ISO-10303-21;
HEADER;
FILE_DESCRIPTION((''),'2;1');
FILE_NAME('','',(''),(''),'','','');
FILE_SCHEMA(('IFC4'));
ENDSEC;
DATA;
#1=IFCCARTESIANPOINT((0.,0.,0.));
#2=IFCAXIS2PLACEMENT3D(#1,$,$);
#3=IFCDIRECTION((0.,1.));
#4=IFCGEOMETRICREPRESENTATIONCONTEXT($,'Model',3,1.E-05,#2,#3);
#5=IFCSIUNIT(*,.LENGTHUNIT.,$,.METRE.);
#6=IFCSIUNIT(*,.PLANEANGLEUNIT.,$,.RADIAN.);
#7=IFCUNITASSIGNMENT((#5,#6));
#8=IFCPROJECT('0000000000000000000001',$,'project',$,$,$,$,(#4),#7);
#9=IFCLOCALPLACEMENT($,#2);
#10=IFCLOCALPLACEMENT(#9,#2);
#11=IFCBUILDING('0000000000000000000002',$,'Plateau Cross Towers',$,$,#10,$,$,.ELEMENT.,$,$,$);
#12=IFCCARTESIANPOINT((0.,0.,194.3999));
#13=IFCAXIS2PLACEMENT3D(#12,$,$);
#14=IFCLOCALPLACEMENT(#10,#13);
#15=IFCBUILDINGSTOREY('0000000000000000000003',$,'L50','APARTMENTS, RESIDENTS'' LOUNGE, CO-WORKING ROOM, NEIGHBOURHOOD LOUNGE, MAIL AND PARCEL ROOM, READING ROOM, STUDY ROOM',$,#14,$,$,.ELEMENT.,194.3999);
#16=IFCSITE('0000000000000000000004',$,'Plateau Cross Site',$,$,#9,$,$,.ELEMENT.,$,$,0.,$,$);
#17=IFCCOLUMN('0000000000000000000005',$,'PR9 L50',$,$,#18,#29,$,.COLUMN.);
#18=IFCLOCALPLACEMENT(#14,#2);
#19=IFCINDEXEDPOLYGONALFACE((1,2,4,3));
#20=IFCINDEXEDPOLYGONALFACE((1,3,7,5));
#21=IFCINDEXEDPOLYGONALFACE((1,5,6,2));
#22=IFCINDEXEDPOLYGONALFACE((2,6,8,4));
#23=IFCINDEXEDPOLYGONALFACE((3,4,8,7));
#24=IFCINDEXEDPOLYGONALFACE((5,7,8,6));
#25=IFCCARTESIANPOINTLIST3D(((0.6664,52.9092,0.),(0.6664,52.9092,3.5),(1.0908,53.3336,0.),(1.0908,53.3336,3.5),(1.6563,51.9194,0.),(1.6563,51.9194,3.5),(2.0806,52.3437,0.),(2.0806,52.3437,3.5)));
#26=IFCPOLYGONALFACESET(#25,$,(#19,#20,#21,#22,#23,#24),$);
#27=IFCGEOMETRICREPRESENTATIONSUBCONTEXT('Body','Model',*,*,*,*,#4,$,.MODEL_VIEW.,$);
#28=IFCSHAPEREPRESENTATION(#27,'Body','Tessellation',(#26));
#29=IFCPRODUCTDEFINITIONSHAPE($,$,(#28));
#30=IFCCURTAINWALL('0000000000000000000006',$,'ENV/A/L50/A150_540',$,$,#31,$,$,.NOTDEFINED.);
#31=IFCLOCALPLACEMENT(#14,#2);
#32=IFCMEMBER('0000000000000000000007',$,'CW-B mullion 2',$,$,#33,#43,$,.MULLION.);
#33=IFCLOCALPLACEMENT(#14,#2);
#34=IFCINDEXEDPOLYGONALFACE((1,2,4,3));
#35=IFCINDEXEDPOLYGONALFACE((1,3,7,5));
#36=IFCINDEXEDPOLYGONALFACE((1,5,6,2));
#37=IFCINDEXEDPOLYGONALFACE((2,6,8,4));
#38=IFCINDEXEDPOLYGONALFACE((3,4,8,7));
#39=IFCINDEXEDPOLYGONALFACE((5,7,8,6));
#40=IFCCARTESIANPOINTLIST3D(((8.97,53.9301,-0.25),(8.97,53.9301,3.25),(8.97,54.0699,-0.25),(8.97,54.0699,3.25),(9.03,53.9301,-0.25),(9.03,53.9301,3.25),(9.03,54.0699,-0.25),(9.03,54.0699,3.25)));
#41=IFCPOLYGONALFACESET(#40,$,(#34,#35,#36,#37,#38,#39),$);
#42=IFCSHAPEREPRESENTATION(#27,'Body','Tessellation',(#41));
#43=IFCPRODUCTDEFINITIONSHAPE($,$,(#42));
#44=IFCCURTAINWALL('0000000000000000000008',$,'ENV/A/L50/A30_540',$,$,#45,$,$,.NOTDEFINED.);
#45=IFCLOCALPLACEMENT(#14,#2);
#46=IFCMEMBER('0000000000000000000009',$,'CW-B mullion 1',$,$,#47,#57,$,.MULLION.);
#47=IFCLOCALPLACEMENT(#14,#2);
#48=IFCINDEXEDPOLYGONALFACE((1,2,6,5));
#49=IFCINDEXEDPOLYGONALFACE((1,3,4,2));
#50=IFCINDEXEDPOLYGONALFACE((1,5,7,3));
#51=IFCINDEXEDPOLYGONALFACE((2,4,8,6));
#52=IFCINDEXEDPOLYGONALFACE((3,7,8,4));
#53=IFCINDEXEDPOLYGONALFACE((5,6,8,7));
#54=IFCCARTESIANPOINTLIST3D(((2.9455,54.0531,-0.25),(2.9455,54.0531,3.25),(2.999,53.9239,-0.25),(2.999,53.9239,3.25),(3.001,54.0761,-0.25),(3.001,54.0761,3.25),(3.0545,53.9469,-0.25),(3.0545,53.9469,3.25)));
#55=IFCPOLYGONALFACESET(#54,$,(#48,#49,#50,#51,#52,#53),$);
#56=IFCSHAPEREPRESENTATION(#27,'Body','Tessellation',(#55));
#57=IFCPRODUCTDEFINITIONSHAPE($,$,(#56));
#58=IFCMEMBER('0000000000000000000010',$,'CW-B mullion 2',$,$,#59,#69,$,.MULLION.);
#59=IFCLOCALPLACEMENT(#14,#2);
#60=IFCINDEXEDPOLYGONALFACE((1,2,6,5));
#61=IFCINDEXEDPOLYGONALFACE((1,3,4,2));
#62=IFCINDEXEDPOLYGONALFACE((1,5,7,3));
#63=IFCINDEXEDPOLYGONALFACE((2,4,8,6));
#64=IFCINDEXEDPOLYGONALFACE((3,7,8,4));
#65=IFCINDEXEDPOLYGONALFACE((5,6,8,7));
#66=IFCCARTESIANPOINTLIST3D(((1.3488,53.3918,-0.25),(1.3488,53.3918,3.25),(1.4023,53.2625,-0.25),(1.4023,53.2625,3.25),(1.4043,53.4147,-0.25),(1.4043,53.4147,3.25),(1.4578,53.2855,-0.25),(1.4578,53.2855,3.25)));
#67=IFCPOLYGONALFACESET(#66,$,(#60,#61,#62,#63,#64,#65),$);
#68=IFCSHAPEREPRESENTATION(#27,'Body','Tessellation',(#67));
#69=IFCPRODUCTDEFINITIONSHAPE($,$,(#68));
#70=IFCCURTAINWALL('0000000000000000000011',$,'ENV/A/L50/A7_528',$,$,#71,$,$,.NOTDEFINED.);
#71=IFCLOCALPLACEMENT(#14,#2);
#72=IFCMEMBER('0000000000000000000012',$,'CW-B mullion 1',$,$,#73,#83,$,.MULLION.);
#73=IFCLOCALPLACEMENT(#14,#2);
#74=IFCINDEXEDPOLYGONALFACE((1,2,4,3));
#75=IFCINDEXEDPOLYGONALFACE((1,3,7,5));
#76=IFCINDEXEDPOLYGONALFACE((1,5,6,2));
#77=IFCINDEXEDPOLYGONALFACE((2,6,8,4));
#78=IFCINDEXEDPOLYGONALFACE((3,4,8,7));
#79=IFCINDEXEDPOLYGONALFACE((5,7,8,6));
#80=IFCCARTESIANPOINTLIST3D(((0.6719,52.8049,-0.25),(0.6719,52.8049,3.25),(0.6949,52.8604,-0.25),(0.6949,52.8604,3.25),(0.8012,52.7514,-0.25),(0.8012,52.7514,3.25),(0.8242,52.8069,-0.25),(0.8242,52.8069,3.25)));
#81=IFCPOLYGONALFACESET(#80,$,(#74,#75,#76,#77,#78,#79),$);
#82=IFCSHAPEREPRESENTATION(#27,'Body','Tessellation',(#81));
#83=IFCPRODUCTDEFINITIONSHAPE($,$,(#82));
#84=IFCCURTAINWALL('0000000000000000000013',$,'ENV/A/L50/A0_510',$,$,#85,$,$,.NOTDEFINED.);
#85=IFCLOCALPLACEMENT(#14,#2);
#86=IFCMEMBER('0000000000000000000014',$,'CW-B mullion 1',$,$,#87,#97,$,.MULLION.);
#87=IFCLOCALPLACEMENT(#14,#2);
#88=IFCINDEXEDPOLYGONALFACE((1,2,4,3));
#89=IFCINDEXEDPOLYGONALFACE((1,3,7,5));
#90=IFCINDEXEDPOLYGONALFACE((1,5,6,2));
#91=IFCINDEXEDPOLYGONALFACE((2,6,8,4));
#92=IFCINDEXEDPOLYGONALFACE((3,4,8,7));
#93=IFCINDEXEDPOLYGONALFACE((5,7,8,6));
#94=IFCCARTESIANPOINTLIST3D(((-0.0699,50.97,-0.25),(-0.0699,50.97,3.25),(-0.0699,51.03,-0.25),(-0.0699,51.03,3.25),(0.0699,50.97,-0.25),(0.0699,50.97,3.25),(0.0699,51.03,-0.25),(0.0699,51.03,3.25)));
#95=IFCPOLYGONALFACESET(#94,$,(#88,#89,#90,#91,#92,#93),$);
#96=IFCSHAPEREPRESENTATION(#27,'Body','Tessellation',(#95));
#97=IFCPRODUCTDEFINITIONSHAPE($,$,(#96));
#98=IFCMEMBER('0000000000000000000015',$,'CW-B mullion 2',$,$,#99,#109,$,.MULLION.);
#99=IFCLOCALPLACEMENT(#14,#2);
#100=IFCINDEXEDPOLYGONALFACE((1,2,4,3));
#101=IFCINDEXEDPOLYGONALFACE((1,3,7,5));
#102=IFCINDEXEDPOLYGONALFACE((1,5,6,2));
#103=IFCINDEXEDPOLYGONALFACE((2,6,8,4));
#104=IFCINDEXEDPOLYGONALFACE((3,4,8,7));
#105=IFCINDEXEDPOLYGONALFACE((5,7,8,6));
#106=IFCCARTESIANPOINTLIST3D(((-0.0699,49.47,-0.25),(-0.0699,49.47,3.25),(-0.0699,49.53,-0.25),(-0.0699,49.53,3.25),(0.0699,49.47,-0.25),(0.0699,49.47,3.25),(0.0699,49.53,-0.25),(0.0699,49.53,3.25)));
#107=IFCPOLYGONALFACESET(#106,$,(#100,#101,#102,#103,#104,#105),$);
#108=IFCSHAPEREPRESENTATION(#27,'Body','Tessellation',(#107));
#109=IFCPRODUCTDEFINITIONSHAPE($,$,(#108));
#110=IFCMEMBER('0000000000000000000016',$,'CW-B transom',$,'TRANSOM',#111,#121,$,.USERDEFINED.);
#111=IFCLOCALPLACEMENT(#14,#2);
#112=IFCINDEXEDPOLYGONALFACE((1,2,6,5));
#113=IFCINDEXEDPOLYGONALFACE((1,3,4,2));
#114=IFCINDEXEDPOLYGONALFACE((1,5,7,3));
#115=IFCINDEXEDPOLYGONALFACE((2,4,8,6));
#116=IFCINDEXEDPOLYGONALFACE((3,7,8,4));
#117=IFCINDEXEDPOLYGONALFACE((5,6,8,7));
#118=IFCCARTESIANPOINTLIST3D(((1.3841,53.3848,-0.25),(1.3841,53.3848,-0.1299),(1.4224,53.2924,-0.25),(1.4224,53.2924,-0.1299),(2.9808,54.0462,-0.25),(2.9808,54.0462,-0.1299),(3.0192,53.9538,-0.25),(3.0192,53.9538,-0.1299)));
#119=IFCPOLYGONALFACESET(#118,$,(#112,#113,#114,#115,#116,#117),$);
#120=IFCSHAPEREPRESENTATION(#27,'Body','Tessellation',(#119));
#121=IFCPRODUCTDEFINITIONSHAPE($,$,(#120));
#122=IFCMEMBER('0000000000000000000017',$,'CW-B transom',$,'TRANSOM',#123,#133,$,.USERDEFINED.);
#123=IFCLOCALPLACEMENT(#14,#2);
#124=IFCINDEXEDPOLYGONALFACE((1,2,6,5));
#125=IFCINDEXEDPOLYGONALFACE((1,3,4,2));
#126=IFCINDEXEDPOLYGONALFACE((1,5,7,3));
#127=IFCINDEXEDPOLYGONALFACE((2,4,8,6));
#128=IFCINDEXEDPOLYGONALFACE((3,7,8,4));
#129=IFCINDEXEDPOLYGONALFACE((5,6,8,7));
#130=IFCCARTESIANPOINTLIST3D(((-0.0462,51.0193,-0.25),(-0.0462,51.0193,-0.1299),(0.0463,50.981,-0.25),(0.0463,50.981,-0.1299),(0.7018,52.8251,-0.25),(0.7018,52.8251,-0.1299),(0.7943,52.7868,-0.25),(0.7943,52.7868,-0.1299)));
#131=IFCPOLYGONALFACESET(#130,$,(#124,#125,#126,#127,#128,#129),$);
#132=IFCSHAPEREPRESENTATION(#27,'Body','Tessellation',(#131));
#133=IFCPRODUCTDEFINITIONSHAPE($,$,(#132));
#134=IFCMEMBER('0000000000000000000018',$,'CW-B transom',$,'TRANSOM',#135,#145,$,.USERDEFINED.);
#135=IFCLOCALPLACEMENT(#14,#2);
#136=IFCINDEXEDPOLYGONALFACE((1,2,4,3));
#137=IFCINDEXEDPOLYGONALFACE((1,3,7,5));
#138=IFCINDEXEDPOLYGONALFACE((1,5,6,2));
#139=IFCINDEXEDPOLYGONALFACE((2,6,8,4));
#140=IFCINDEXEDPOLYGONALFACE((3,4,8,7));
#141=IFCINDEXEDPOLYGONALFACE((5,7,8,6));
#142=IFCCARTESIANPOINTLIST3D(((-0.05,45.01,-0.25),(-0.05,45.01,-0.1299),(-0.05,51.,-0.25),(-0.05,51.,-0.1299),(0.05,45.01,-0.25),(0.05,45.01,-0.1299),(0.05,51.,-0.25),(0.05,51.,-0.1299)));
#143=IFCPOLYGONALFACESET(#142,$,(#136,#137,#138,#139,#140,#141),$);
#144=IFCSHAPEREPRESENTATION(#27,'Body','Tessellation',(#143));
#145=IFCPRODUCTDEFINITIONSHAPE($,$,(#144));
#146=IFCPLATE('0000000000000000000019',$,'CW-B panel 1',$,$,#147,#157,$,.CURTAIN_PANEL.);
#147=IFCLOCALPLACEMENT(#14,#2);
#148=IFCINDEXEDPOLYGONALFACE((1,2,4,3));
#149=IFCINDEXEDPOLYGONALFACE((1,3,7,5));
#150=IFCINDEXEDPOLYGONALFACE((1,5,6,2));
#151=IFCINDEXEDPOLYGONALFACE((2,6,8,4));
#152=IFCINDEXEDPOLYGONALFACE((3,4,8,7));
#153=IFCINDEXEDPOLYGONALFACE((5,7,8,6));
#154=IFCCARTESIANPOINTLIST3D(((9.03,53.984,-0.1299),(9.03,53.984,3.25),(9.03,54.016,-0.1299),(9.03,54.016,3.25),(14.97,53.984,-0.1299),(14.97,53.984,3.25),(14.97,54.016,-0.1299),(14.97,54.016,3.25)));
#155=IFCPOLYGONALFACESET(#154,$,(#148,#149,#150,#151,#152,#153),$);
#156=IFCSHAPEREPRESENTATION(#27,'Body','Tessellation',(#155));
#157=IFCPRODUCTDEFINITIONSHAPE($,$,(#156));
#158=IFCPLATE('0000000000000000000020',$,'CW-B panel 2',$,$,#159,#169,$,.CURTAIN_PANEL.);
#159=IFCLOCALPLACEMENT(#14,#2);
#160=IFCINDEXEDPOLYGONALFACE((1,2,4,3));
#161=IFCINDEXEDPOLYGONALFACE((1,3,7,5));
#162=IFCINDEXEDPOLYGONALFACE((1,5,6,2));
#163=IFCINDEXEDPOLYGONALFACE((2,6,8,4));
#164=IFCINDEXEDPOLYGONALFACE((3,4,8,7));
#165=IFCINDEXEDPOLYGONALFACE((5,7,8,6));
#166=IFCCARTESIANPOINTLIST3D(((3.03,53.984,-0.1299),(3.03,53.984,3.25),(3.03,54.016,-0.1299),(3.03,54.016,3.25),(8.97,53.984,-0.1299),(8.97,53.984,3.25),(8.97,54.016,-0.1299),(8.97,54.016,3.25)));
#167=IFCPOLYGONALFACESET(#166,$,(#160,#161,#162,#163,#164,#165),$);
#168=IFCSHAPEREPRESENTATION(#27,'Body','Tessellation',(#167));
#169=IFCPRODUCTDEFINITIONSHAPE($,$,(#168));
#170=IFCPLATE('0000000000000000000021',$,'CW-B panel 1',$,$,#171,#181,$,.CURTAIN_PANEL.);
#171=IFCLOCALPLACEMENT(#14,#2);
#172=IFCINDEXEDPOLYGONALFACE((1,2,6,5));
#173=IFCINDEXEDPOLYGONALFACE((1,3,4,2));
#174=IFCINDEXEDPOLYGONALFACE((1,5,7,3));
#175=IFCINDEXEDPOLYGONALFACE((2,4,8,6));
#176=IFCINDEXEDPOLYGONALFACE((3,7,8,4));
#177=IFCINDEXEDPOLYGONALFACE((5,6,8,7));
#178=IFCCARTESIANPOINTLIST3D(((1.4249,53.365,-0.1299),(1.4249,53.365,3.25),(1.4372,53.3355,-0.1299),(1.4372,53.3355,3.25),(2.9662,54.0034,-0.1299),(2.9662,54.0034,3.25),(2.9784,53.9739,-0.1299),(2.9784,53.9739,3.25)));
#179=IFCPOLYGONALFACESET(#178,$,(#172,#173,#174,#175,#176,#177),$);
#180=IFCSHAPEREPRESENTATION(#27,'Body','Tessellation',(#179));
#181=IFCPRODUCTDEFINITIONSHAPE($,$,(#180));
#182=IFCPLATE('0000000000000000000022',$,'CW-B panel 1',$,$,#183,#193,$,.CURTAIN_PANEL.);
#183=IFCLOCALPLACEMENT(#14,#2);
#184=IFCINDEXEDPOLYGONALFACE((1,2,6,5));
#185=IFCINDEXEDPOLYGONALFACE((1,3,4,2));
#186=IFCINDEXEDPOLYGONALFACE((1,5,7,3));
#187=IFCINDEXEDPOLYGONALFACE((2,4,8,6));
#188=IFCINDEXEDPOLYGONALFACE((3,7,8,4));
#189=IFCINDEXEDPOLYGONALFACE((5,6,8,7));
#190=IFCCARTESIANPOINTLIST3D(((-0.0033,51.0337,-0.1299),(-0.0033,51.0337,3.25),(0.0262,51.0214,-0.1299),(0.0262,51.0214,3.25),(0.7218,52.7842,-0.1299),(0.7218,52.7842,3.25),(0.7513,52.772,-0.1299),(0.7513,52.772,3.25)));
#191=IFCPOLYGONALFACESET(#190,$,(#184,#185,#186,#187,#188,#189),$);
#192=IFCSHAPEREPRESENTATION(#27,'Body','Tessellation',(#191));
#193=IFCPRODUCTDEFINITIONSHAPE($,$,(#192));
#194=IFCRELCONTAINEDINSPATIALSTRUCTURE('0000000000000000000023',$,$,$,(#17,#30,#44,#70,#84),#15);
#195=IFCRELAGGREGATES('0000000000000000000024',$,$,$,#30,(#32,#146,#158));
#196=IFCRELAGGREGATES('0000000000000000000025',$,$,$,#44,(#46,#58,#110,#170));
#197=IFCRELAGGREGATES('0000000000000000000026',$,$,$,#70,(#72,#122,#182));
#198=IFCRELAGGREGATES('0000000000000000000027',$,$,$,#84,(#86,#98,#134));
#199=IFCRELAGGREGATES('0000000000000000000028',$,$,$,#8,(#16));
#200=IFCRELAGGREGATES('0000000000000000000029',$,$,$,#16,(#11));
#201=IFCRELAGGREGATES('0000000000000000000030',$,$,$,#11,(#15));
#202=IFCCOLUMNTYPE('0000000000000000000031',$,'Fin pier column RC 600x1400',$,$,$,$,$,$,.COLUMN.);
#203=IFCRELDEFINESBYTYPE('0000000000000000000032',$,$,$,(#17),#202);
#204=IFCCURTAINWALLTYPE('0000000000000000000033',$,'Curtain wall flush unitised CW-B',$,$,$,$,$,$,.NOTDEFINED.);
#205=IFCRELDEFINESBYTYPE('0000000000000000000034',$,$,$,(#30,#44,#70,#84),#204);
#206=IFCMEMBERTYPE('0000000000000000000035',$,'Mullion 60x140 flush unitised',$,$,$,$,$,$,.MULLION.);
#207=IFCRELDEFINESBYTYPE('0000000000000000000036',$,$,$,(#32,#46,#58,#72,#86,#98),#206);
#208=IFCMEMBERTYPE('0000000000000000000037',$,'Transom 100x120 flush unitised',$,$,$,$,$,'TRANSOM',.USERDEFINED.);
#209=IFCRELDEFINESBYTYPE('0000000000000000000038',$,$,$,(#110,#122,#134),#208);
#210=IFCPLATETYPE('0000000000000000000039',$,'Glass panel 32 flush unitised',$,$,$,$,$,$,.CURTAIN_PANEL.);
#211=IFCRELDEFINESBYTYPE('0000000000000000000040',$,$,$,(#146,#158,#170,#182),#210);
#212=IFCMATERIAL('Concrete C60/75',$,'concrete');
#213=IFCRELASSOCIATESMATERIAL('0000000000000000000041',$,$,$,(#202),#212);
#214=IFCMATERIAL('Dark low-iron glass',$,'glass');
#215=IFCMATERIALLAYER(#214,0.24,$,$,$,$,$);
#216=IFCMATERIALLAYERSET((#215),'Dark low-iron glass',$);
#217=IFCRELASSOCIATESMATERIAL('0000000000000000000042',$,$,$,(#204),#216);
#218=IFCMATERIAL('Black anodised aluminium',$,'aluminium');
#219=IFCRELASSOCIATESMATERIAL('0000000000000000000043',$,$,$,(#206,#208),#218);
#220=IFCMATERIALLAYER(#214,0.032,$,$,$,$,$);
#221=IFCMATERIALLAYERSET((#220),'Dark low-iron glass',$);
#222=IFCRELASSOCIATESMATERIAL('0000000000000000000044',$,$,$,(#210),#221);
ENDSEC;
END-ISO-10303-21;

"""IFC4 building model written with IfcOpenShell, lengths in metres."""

from ifc_helpers import new_model, si_unit, direction, frame, origin, origin_2d, place, context, subcontext, project, spatial, rectangle, extrude, material, layer, layer_set, material_profile, profile_set, type_object, element, aggregate, save


model = new_model("IFC4")

# Units and contexts
model_context = context("Model", 3, precision=1e-05, world=origin(), true_north=direction((0.0, 1.0)))
body_context = subcontext(model_context, "Body", "Model", "MODEL_VIEW")
ifc_project = project(units=[si_unit("LENGTHUNIT", "METRE"), si_unit("PLANEANGLEUNIT", "RADIAN")], contexts=[model_context])

# Site, building, storey
site_placement = place(None, origin())
site = spatial("IfcSite", under=ifc_project, at=site_placement, Name="Plateau Cross Site", CompositionType="ELEMENT", RefElevation=0.0)
building_placement = place(site_placement, origin())
building = spatial("IfcBuilding", under=site, at=building_placement, Name="Plateau Cross Towers", CompositionType="ELEMENT")
storey_placement = place(building_placement, frame((0.0, 0.0, 194.3999)))
storey = spatial("IfcBuildingStorey", under=building, at=storey_placement, Name="L50", Description="APARTMENTS, RESIDENTS' LOUNGE, CO-WORKING ROOM, NEIGHBOURHOOD LOUNGE, MAIL AND PARCEL ROOM, READING ROOM, STUDY ROOM", CompositionType="ELEMENT", Elevation=194.3999)

# Column
ifc_material_1 = material(Name="Concrete C60/75", Category="concrete")
ifc_material_profile_1 = material_profile(ifc_material_1, rectangle(XDim=0.6001, YDim=1.3999, at=origin_2d()), Name="RC 600x1400")
ifc_profile_set_1 = profile_set([ifc_material_profile_1], Name="Concrete C60/75")
column_type = type_object("IfcColumnType", Name="Fin pier column RC 600x1400", PredefinedType="COLUMN", material=ifc_profile_set_1)
column_placement = place(storey_placement, frame((1.3735, 52.6265, 0.0), z_axis=(0.0, 0.0, 1.0), x_axis=(0.707107, 0.707107, 0.0)))
element("IfcColumn", 1, at=column_placement, inside=storey, type_object=column_type, Name="PR9 L50", PredefinedType="COLUMN", context=body_context, shape_type="SweptSolid", body=[
    extrude(rectangle(XDim=0.6001, YDim=1.3999, at=origin_2d()), origin(), (0.0, 0.0, 1.0), 3.5),
])

# Curtain wall, member
ifc_material_2 = material(Name="Dark low-iron glass", Category="glass")
ifc_layer_1 = layer(ifc_material_2, 0.24)
ifc_layer_set_1 = layer_set([ifc_layer_1], Name="Dark low-iron glass")
curtain_wall_type = type_object("IfcCurtainWallType", Name="Curtain wall flush unitised CW-B", PredefinedType="NOTDEFINED", material=ifc_layer_set_1)
curtain_wall_1_placement = place(storey_placement, origin())
curtain_wall_1 = element("IfcCurtainWall", 2, at=curtain_wall_1_placement, inside=storey, type_object=curtain_wall_type, Name="ENV/A/L50/A150_540", PredefinedType="NOTDEFINED")
ifc_material_3 = material(Name="Black anodised aluminium", Category="aluminium")
ifc_material_profile_2 = material_profile(ifc_material_3, rectangle(XDim=0.0601, YDim=0.1399, at=origin_2d()), Name="MULLION 60x140")
ifc_profile_set_2 = profile_set([ifc_material_profile_2], Name="Black anodised aluminium")
member_type_1 = type_object("IfcMemberType", Name="Mullion 60x140 flush unitised", PredefinedType="MULLION", material=ifc_profile_set_2)
member_1_placement = place(storey_placement, frame((9.0, 54.0, -0.25), z_axis=(0.0, 0.0, 1.0), x_axis=(-1.0, 0.0, 0.0)))
member_1 = element("IfcMember", 3, at=member_1_placement, type_object=member_type_1, Name="CW-B mullion 2", PredefinedType="MULLION", context=body_context, shape_type="SweptSolid", body=[
    extrude(rectangle(XDim=0.0601, YDim=0.1399, at=origin_2d()), origin(), (0.0, 0.0, 1.0), 3.5),
])

# Curtain wall, members
curtain_wall_2_placement = place(storey_placement, origin())
curtain_wall_2 = element("IfcCurtainWall", 4, at=curtain_wall_2_placement, inside=storey, type_object=curtain_wall_type, Name="ENV/A/L50/A30_540", PredefinedType="NOTDEFINED")
member_2_placement = place(storey_placement, frame((3.0, 54.0, -0.25), z_axis=(0.0, 0.0, 1.0), x_axis=(-0.923879, -0.382684, 0.0)))
member_2 = element("IfcMember", 5, at=member_2_placement, type_object=member_type_1, Name="CW-B mullion 1", PredefinedType="MULLION", context=body_context, shape_type="SweptSolid", body=[
    extrude(rectangle(XDim=0.0601, YDim=0.1399, at=origin_2d()), origin(), (0.0, 0.0, 1.0), 3.5),
])
member_3_placement = place(storey_placement, frame((1.4033, 53.3386, -0.25), z_axis=(0.0, 0.0, 1.0), x_axis=(-0.923879, -0.382684, 0.0)))
member_3 = element("IfcMember", 6, at=member_3_placement, type_object=member_type_1, Name="CW-B mullion 2", PredefinedType="MULLION", context=body_context, shape_type="SweptSolid", body=[
    extrude(rectangle(XDim=0.0601, YDim=0.1399, at=origin_2d()), origin(), (0.0, 0.0, 1.0), 3.5),
])

# Curtain wall, member
curtain_wall_3_placement = place(storey_placement, origin())
curtain_wall_3 = element("IfcCurtainWall", 7, at=curtain_wall_3_placement, inside=storey, type_object=curtain_wall_type, Name="ENV/A/L50/A7_528", PredefinedType="NOTDEFINED")
member_4_placement = place(storey_placement, frame((0.748, 52.8059, -0.25), z_axis=(0.0, 0.0, 1.0), x_axis=(-0.382684, -0.923879, 0.0)))
member_4 = element("IfcMember", 8, at=member_4_placement, type_object=member_type_1, Name="CW-B mullion 1", PredefinedType="MULLION", context=body_context, shape_type="SweptSolid", body=[
    extrude(rectangle(XDim=0.0601, YDim=0.1399, at=origin_2d()), origin(), (0.0, 0.0, 1.0), 3.5),
])

# Curtain wall, members
curtain_wall_4_placement = place(storey_placement, origin())
curtain_wall_4 = element("IfcCurtainWall", 9, at=curtain_wall_4_placement, inside=storey, type_object=curtain_wall_type, Name="ENV/A/L50/A0_510", PredefinedType="NOTDEFINED")
member_5_placement = place(storey_placement, frame((0.0, 51.0, -0.25), z_axis=(0.0, 0.0, 1.0), x_axis=(0.0, -1.0, 0.0)))
member_5 = element("IfcMember", 10, at=member_5_placement, type_object=member_type_1, Name="CW-B mullion 1", PredefinedType="MULLION", context=body_context, shape_type="SweptSolid", body=[
    extrude(rectangle(XDim=0.0601, YDim=0.1399, at=origin_2d()), origin(), (0.0, 0.0, 1.0), 3.5),
])
member_6_placement = place(storey_placement, frame((0.0, 49.5, -0.25), z_axis=(0.0, 0.0, 1.0), x_axis=(0.0, -1.0, 0.0)))
member_6 = element("IfcMember", 11, at=member_6_placement, type_object=member_type_1, Name="CW-B mullion 2", PredefinedType="MULLION", context=body_context, shape_type="SweptSolid", body=[
    extrude(rectangle(XDim=0.0601, YDim=0.1399, at=origin_2d()), origin(), (0.0, 0.0, 1.0), 3.5),
])

# Members
ifc_material_profile_3 = material_profile(ifc_material_3, rectangle(XDim=0.1001, YDim=0.1201, at=origin_2d()), Name="TRANSOM 100x120")
ifc_profile_set_3 = profile_set([ifc_material_profile_3], Name="Black anodised aluminium")
member_type_2 = type_object("IfcMemberType", Name="Transom 100x120 flush unitised", ElementType="TRANSOM", PredefinedType="USERDEFINED", material=ifc_profile_set_3)
member_7_placement = place(storey_placement, frame((3.0, 54.0, -0.1899), z_axis=(-0.923877, -0.382689, 0.0), x_axis=(0.382689, -0.923877, 0.0)))
member_7 = element("IfcMember", 12, at=member_7_placement, type_object=member_type_2, Name="CW-B transom", ObjectType="TRANSOM", PredefinedType="USERDEFINED", context=body_context, shape_type="SweptSolid", body=[
    extrude(rectangle(XDim=0.1001, YDim=0.1201, at=origin_2d()), origin(), (0.0, 0.0, 1.0), 1.7283),
])
member_8_placement = place(storey_placement, frame((0.748, 52.8059, -0.1899), z_axis=(-0.38269, -0.923877, 0.0), x_axis=(0.923877, -0.38269, 0.0)))
member_8 = element("IfcMember", 13, at=member_8_placement, type_object=member_type_2, Name="CW-B transom", ObjectType="TRANSOM", PredefinedType="USERDEFINED", context=body_context, shape_type="SweptSolid", body=[
    extrude(rectangle(XDim=0.1001, YDim=0.1201, at=origin_2d()), origin(), (0.0, 0.0, 1.0), 1.9546),
])
member_9_placement = place(storey_placement, frame((0.0, 51.0, -0.1899), z_axis=(0.0, -1.0, 0.0), x_axis=(1.0, 0.0, 0.0)))
member_9 = element("IfcMember", 14, at=member_9_placement, type_object=member_type_2, Name="CW-B transom", ObjectType="TRANSOM", PredefinedType="USERDEFINED", context=body_context, shape_type="SweptSolid", body=[
    extrude(rectangle(XDim=0.1001, YDim=0.1201, at=origin_2d()), origin(), (0.0, 0.0, 1.0), 5.99),
])

# Plates
ifc_layer_2 = layer(ifc_material_2, 0.032)
ifc_layer_set_2 = layer_set([ifc_layer_2], Name="Dark low-iron glass")
plate_type = type_object("IfcPlateType", Name="Glass panel 32 flush unitised", PredefinedType="CURTAIN_PANEL", material=ifc_layer_set_2)
plate_1_placement = place(storey_placement, frame((12.0, 54.0, -0.1299), z_axis=(0.0, 0.0, 1.0), x_axis=(-1.0, 0.0, 0.0)))
plate_1 = element("IfcPlate", 15, at=plate_1_placement, type_object=plate_type, Name="CW-B panel 1", PredefinedType="CURTAIN_PANEL", context=body_context, shape_type="SweptSolid", body=[
    extrude(rectangle(XDim=5.9399, YDim=0.032, at=origin_2d()), origin(), (0.0, 0.0, 1.0), 3.3799),
])
plate_2_placement = place(storey_placement, frame((6.0, 54.0, -0.1299), z_axis=(0.0, 0.0, 1.0), x_axis=(-1.0, 0.0, 0.0)))
plate_2 = element("IfcPlate", 16, at=plate_2_placement, type_object=plate_type, Name="CW-B panel 2", PredefinedType="CURTAIN_PANEL", context=body_context, shape_type="SweptSolid", body=[
    extrude(rectangle(XDim=5.9399, YDim=0.032, at=origin_2d()), origin(), (0.0, 0.0, 1.0), 3.3799),
])
aggregate(curtain_wall_1, [member_1, plate_1, plate_2])
plate_3_placement = place(storey_placement, frame((2.2017, 53.6694, -0.1299), z_axis=(0.0, 0.0, 1.0), x_axis=(-0.923879, -0.382684, 0.0)))
plate_3 = element("IfcPlate", 17, at=plate_3_placement, type_object=plate_type, Name="CW-B panel 1", PredefinedType="CURTAIN_PANEL", context=body_context, shape_type="SweptSolid", body=[
    extrude(rectangle(XDim=1.6682, YDim=0.032, at=origin_2d()), origin(), (0.0, 0.0, 1.0), 3.3799),
])
aggregate(curtain_wall_2, [member_2, member_3, member_7, plate_3])
plate_4_placement = place(storey_placement, frame((0.374, 51.9028, -0.1299), z_axis=(0.0, 0.0, 1.0), x_axis=(-0.382684, -0.923879, 0.0)))
plate_4 = element("IfcPlate", 18, at=plate_4_placement, type_object=plate_type, Name="CW-B panel 1", PredefinedType="CURTAIN_PANEL", context=body_context, shape_type="SweptSolid", body=[
    extrude(rectangle(XDim=1.8948, YDim=0.032, at=origin_2d()), origin(), (0.0, 0.0, 1.0), 3.3799),
])
aggregate(curtain_wall_3, [member_4, member_8, plate_4])
aggregate(curtain_wall_4, [member_5, member_6, member_9])

save(model, "model.ifc")
